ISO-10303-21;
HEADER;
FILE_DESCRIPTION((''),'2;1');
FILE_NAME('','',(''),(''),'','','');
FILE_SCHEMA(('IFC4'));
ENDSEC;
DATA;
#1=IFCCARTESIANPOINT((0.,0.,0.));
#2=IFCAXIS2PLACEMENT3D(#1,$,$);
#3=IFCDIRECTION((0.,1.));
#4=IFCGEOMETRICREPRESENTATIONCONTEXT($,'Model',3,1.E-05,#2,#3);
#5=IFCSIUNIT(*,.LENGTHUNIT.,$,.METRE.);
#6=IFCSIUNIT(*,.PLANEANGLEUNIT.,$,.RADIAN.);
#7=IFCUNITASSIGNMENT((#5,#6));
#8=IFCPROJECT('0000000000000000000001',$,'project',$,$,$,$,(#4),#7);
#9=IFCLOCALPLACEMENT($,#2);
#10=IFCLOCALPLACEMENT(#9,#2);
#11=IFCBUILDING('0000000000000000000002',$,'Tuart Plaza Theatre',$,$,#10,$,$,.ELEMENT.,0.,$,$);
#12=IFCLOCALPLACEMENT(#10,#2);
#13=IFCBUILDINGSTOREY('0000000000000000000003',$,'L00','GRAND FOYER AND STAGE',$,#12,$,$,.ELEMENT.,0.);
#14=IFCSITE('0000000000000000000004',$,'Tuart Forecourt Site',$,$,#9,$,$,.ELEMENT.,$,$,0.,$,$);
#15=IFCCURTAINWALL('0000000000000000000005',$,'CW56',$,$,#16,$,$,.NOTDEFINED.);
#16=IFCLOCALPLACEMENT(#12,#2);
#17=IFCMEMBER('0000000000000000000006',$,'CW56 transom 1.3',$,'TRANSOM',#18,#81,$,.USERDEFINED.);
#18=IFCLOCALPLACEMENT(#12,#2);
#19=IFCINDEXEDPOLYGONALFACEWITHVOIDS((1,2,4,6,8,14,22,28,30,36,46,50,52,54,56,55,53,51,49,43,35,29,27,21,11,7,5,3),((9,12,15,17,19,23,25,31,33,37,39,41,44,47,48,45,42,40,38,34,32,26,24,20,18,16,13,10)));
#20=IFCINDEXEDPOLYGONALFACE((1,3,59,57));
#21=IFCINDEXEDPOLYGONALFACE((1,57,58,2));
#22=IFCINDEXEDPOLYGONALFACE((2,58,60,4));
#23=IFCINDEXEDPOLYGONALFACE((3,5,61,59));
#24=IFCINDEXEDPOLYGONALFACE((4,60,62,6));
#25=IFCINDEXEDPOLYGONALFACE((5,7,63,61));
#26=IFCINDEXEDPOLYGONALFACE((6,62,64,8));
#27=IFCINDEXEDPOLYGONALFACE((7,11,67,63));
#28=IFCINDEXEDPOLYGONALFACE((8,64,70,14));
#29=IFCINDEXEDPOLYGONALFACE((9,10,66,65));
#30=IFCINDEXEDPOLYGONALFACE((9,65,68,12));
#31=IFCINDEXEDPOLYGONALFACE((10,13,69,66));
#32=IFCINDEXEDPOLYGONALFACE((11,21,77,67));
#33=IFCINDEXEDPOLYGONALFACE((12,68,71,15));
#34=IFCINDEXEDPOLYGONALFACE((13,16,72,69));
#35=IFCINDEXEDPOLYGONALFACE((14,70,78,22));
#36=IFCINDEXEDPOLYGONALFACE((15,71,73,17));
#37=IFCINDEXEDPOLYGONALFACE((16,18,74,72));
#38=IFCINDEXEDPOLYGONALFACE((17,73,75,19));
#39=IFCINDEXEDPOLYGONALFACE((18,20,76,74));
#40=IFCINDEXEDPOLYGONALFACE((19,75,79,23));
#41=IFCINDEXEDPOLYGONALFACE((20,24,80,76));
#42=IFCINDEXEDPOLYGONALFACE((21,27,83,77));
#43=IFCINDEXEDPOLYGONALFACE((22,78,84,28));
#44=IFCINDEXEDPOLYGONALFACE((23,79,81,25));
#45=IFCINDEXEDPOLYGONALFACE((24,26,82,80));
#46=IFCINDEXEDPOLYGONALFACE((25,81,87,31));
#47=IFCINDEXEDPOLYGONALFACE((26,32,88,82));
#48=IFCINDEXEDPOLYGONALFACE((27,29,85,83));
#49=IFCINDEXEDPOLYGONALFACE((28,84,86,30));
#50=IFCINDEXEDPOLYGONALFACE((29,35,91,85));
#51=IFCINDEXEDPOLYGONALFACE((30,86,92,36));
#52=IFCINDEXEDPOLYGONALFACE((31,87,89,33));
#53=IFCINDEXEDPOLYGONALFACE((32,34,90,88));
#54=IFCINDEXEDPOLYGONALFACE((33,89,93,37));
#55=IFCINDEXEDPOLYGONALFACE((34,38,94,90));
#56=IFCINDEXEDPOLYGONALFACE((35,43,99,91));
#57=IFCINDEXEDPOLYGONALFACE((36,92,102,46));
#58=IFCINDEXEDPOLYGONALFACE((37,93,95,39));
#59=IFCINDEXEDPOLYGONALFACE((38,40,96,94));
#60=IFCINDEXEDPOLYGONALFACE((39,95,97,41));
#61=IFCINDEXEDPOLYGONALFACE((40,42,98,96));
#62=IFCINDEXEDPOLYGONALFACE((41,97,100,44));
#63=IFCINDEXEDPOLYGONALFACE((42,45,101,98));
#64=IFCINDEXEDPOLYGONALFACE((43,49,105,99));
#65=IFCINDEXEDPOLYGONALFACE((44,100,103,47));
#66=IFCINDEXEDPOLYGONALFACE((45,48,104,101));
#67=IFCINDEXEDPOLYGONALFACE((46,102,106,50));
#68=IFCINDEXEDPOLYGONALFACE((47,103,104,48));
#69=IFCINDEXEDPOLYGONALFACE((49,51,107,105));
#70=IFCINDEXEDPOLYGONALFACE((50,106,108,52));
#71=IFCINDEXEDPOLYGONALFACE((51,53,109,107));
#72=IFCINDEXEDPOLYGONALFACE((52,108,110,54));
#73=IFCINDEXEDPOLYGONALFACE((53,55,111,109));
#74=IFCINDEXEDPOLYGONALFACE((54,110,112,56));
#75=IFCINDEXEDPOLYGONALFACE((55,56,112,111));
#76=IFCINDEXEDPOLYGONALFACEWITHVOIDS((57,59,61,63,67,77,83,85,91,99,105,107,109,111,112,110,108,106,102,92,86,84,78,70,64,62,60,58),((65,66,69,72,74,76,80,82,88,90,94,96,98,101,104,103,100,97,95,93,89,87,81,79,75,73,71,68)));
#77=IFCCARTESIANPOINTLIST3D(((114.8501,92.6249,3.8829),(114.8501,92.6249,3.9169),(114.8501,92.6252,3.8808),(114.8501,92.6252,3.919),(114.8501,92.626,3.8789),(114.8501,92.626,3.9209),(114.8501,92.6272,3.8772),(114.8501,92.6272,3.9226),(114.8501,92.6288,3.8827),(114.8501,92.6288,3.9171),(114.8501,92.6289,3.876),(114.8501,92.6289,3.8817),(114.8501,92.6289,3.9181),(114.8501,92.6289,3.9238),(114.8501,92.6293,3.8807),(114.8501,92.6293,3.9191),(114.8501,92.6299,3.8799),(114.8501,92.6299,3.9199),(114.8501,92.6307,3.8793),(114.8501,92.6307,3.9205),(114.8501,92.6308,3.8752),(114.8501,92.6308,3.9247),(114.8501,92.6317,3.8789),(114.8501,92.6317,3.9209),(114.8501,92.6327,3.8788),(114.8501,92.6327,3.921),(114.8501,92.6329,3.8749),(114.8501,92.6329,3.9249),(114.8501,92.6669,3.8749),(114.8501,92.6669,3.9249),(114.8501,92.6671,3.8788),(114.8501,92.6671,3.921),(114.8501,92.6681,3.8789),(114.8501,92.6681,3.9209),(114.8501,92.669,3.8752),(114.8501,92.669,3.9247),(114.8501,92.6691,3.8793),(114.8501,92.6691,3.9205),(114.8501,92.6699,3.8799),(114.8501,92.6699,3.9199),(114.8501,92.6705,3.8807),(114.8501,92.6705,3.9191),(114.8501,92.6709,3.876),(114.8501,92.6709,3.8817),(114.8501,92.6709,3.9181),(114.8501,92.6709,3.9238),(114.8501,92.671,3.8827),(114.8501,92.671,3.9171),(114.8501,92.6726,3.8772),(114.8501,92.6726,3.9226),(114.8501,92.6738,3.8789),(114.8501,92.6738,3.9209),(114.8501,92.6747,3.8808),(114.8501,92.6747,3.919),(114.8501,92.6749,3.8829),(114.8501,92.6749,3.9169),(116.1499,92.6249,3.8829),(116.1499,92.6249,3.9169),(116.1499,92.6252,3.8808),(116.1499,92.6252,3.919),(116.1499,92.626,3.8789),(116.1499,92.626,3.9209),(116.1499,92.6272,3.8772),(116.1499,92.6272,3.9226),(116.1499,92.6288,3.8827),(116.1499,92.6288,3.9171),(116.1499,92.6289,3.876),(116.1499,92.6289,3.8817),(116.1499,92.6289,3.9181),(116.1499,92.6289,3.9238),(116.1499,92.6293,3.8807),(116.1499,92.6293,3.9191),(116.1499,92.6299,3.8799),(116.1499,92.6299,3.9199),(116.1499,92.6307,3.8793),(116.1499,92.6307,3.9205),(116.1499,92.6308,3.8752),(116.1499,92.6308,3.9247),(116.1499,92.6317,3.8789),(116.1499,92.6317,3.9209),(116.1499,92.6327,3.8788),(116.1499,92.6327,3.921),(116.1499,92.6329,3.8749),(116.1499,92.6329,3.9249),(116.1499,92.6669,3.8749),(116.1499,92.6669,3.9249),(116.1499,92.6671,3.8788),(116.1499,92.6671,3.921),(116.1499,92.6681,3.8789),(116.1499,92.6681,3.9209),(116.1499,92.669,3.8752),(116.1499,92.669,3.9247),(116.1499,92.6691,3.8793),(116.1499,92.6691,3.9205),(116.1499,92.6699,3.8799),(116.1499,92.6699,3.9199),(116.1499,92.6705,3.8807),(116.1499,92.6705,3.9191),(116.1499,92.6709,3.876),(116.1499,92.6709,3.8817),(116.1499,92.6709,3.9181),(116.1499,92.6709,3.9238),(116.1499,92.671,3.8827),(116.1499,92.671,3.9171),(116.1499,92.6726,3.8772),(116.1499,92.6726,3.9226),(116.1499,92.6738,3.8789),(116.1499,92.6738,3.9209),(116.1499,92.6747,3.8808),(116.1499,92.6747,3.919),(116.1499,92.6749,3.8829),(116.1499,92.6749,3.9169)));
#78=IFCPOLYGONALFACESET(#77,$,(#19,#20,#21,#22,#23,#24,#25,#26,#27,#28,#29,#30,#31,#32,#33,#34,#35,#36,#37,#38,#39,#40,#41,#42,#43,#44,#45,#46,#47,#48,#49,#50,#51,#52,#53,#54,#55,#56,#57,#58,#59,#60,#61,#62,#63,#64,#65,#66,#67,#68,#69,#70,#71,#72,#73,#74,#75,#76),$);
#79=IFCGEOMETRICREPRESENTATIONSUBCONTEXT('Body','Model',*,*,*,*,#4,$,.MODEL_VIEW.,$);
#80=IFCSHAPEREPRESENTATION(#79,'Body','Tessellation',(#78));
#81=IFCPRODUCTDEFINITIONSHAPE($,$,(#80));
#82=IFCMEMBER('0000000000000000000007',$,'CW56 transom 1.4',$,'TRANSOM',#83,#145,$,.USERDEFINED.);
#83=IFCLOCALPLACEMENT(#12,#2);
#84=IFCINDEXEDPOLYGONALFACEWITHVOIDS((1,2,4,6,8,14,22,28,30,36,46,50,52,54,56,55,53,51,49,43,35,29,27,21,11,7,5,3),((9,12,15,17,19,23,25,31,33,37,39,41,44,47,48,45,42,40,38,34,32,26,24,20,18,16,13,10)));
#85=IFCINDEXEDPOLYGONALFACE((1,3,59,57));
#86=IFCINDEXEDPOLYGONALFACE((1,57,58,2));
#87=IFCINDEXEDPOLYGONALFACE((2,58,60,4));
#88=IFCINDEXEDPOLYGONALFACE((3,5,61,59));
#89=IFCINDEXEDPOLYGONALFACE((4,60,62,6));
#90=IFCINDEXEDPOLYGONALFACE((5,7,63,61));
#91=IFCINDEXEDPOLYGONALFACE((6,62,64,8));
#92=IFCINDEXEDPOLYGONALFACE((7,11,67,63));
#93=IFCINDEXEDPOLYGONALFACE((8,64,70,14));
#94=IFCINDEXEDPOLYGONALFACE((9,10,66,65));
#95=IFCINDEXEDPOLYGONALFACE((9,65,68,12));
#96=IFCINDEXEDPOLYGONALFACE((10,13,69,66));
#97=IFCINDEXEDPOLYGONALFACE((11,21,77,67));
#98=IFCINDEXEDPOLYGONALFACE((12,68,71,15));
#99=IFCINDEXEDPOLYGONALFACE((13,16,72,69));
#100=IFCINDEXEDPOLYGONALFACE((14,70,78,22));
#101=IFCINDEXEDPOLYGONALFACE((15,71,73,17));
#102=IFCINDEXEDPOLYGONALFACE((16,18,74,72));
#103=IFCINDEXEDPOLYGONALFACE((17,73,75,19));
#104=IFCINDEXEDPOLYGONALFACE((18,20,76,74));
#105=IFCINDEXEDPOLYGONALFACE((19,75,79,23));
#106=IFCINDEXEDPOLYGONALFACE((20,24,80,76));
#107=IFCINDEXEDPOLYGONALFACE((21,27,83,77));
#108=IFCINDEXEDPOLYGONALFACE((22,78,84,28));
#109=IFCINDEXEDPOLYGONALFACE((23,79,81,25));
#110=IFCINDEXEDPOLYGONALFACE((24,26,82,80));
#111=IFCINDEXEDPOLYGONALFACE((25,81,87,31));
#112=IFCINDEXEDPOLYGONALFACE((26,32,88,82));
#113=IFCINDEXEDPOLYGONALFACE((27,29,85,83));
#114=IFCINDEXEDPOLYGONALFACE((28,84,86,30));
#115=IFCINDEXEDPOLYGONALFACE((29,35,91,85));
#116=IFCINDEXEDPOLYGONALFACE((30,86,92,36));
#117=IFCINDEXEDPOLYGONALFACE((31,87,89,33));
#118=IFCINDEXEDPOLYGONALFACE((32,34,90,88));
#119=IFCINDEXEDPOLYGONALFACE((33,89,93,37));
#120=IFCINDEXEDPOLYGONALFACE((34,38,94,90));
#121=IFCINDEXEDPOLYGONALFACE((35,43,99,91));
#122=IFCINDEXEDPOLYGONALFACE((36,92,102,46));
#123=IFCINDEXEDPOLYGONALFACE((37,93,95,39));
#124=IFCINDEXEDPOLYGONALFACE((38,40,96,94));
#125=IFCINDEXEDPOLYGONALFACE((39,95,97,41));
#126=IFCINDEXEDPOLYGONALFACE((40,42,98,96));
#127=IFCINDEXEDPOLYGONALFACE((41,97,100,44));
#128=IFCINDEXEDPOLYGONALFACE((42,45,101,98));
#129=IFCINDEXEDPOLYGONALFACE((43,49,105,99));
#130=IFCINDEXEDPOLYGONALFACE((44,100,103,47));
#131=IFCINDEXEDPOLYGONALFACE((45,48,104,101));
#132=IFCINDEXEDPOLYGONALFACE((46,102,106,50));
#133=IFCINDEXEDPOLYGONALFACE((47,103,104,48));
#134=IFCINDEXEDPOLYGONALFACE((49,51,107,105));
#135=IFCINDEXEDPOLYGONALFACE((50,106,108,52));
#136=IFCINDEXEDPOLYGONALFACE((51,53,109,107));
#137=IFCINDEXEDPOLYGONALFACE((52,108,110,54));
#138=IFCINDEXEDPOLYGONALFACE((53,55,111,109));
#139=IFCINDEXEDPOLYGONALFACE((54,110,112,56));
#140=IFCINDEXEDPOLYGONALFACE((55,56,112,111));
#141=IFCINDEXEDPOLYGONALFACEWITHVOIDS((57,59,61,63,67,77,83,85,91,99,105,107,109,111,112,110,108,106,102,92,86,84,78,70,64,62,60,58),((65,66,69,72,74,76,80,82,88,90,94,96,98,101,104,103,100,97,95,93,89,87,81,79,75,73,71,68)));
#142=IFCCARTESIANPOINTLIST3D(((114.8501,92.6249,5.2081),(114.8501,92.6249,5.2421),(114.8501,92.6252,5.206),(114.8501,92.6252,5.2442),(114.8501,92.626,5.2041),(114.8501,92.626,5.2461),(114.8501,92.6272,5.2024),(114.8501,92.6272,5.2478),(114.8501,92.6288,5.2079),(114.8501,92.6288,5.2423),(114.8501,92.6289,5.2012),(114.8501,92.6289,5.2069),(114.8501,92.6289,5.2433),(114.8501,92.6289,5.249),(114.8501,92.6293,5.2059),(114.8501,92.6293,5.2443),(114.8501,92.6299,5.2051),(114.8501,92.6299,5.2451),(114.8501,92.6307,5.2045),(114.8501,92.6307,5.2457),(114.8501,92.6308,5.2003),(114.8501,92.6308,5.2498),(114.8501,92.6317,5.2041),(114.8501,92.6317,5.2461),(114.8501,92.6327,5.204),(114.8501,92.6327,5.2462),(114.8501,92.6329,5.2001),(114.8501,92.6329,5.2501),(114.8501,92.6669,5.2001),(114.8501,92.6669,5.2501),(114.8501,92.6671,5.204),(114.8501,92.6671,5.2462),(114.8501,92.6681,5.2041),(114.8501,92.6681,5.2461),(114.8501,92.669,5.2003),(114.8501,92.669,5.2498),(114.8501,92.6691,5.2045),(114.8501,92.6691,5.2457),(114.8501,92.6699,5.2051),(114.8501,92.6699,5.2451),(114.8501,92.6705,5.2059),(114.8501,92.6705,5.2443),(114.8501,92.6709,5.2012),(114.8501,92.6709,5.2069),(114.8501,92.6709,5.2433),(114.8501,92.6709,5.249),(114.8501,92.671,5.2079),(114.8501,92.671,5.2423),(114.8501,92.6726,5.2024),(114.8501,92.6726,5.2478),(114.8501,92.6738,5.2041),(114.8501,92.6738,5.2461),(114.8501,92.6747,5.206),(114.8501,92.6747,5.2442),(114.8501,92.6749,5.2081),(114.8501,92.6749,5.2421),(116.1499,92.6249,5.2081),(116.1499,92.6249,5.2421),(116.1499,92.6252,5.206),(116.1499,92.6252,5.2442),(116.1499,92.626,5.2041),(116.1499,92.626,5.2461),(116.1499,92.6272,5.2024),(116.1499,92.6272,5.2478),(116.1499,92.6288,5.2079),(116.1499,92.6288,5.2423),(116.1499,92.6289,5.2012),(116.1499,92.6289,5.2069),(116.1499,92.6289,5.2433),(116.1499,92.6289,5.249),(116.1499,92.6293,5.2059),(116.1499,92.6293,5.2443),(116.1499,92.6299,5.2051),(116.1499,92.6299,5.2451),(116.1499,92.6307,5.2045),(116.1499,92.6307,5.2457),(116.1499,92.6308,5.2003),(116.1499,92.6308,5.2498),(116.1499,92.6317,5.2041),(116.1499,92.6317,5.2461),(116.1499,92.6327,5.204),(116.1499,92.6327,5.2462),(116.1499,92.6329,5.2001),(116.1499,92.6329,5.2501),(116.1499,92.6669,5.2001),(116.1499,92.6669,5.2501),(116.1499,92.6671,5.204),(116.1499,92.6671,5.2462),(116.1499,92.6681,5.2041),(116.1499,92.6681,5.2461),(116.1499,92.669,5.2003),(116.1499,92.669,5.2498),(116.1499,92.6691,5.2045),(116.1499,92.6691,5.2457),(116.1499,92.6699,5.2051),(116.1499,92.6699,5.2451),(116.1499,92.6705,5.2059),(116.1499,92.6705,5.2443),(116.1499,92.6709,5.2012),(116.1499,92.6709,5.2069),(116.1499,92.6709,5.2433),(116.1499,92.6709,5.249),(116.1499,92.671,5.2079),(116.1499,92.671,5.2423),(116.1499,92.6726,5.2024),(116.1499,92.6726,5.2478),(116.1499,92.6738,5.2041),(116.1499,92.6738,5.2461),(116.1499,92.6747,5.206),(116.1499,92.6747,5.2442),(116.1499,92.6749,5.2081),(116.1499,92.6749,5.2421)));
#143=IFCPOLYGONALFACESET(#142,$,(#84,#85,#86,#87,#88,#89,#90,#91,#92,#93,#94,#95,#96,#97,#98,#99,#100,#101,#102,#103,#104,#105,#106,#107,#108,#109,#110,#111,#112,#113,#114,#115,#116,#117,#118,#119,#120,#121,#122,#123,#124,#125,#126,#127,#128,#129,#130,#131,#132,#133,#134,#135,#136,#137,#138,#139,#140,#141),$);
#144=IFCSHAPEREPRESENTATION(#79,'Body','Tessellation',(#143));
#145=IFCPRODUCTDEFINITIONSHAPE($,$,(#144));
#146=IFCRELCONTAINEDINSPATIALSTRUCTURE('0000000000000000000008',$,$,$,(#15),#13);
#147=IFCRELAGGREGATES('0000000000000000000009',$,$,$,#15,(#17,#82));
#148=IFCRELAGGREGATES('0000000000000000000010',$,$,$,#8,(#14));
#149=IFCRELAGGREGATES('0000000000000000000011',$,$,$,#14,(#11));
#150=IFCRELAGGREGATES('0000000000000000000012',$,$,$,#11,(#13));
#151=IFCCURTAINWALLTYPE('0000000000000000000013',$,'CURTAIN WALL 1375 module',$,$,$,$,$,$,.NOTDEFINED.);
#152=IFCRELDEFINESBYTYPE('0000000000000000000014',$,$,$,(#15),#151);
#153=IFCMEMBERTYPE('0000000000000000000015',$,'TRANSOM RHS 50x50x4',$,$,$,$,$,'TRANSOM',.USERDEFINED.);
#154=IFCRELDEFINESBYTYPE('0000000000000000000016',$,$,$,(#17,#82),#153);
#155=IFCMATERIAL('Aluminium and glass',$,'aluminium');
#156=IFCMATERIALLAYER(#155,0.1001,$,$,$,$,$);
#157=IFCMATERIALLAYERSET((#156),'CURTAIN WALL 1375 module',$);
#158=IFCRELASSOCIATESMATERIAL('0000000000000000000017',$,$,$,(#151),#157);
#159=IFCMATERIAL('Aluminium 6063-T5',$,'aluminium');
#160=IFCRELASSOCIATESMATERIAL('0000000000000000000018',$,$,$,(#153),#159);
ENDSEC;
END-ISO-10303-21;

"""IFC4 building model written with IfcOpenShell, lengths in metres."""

from ifc_helpers import new_model, si_unit, direction, frame, origin, origin_2d, place, context, subcontext, project, spatial, hollow_rectangle, extrude, material, layer, layer_set, material_profile, profile_set, type_object, element, aggregate, save


model = new_model("IFC4")

# Units and contexts
model_context = context("Model", 3, precision=1e-05, world=origin(), true_north=direction((0.0, 1.0)))
body_context = subcontext(model_context, "Body", "Model", "MODEL_VIEW")
ifc_project = project(units=[si_unit("LENGTHUNIT", "METRE"), si_unit("PLANEANGLEUNIT", "RADIAN")], contexts=[model_context])

# Site, building, storey
site_placement = place(None, origin())
site = spatial("IfcSite", under=ifc_project, at=site_placement, Name="Tuart Forecourt Site", CompositionType="ELEMENT", RefElevation=0.0)
building_placement = place(site_placement, origin())
building = spatial("IfcBuilding", under=site, at=building_placement, Name="Tuart Plaza Theatre", CompositionType="ELEMENT", ElevationOfRefHeight=0.0)
storey_placement = place(building_placement, origin())
storey = spatial("IfcBuildingStorey", under=building, at=storey_placement, Name="L00", Description="GRAND FOYER AND STAGE", CompositionType="ELEMENT", Elevation=0.0)

# Curtain wall
ifc_material_1 = material(Name="Aluminium and glass", Category="aluminium")
ifc_layer_1 = layer(ifc_material_1, 0.1001)
ifc_layer_set_1 = layer_set([ifc_layer_1], Name="CURTAIN WALL 1375 module")
curtain_wall_type_1 = type_object("IfcCurtainWallType", Name="CURTAIN WALL 1375 module", PredefinedType="NOTDEFINED", material=ifc_layer_set_1)
curtain_wall_1_placement = place(storey_placement, origin())
curtain_wall_1 = element("IfcCurtainWall", 1, at=curtain_wall_1_placement, inside=storey, type_object=curtain_wall_type_1, Name="CW56", PredefinedType="NOTDEFINED")

# Members
ifc_material_2 = material(Name="Aluminium 6063-T5", Category="aluminium")
ifc_material_profile_1 = material_profile(ifc_material_2, hollow_rectangle(XDim=0.05, YDim=0.05, WallThickness=0.0039, InnerFilletRadius=0.0039, OuterFilletRadius=0.0081, at=origin_2d()), Name="RHS 50x50x4")
ifc_profile_set_1 = profile_set([ifc_material_profile_1], Name="Aluminium 6063-T5")
member_type_1 = type_object("IfcMemberType", Name="TRANSOM RHS 50x50x4", ElementType="TRANSOM", PredefinedType="USERDEFINED", material=ifc_profile_set_1)
member_1_placement = place(storey_placement, frame((116.1499, 92.6499, 3.8999), z_axis=(-1.0, 0.0, 0.0), x_axis=(0.0, -1.0, 0.0)))
member_1 = element("IfcMember", 2, at=member_1_placement, type_object=member_type_1, Name="CW56 transom 1.3", ObjectType="TRANSOM", PredefinedType="USERDEFINED", context=body_context, shape_type="SweptSolid", body=[
    extrude(hollow_rectangle(XDim=0.05, YDim=0.05, WallThickness=0.0039, InnerFilletRadius=0.0039, OuterFilletRadius=0.0081, at=origin_2d()), origin(), (0.0, 0.0, 1.0), 1.2998),
])
member_2_placement = place(storey_placement, frame((116.1499, 92.6499, 5.2251), z_axis=(-1.0, 0.0, 0.0), x_axis=(0.0, -1.0, 0.0)))
member_2 = element("IfcMember", 3, at=member_2_placement, type_object=member_type_1, Name="CW56 transom 1.4", ObjectType="TRANSOM", PredefinedType="USERDEFINED", context=body_context, shape_type="SweptSolid", body=[
    extrude(hollow_rectangle(XDim=0.05, YDim=0.05, WallThickness=0.0039, InnerFilletRadius=0.0039, OuterFilletRadius=0.0081, at=origin_2d()), origin(), (0.0, 0.0, 1.0), 1.2998),
])

aggregate(curtain_wall_1, [member_1, member_2])

save(model, "model.ifc")
